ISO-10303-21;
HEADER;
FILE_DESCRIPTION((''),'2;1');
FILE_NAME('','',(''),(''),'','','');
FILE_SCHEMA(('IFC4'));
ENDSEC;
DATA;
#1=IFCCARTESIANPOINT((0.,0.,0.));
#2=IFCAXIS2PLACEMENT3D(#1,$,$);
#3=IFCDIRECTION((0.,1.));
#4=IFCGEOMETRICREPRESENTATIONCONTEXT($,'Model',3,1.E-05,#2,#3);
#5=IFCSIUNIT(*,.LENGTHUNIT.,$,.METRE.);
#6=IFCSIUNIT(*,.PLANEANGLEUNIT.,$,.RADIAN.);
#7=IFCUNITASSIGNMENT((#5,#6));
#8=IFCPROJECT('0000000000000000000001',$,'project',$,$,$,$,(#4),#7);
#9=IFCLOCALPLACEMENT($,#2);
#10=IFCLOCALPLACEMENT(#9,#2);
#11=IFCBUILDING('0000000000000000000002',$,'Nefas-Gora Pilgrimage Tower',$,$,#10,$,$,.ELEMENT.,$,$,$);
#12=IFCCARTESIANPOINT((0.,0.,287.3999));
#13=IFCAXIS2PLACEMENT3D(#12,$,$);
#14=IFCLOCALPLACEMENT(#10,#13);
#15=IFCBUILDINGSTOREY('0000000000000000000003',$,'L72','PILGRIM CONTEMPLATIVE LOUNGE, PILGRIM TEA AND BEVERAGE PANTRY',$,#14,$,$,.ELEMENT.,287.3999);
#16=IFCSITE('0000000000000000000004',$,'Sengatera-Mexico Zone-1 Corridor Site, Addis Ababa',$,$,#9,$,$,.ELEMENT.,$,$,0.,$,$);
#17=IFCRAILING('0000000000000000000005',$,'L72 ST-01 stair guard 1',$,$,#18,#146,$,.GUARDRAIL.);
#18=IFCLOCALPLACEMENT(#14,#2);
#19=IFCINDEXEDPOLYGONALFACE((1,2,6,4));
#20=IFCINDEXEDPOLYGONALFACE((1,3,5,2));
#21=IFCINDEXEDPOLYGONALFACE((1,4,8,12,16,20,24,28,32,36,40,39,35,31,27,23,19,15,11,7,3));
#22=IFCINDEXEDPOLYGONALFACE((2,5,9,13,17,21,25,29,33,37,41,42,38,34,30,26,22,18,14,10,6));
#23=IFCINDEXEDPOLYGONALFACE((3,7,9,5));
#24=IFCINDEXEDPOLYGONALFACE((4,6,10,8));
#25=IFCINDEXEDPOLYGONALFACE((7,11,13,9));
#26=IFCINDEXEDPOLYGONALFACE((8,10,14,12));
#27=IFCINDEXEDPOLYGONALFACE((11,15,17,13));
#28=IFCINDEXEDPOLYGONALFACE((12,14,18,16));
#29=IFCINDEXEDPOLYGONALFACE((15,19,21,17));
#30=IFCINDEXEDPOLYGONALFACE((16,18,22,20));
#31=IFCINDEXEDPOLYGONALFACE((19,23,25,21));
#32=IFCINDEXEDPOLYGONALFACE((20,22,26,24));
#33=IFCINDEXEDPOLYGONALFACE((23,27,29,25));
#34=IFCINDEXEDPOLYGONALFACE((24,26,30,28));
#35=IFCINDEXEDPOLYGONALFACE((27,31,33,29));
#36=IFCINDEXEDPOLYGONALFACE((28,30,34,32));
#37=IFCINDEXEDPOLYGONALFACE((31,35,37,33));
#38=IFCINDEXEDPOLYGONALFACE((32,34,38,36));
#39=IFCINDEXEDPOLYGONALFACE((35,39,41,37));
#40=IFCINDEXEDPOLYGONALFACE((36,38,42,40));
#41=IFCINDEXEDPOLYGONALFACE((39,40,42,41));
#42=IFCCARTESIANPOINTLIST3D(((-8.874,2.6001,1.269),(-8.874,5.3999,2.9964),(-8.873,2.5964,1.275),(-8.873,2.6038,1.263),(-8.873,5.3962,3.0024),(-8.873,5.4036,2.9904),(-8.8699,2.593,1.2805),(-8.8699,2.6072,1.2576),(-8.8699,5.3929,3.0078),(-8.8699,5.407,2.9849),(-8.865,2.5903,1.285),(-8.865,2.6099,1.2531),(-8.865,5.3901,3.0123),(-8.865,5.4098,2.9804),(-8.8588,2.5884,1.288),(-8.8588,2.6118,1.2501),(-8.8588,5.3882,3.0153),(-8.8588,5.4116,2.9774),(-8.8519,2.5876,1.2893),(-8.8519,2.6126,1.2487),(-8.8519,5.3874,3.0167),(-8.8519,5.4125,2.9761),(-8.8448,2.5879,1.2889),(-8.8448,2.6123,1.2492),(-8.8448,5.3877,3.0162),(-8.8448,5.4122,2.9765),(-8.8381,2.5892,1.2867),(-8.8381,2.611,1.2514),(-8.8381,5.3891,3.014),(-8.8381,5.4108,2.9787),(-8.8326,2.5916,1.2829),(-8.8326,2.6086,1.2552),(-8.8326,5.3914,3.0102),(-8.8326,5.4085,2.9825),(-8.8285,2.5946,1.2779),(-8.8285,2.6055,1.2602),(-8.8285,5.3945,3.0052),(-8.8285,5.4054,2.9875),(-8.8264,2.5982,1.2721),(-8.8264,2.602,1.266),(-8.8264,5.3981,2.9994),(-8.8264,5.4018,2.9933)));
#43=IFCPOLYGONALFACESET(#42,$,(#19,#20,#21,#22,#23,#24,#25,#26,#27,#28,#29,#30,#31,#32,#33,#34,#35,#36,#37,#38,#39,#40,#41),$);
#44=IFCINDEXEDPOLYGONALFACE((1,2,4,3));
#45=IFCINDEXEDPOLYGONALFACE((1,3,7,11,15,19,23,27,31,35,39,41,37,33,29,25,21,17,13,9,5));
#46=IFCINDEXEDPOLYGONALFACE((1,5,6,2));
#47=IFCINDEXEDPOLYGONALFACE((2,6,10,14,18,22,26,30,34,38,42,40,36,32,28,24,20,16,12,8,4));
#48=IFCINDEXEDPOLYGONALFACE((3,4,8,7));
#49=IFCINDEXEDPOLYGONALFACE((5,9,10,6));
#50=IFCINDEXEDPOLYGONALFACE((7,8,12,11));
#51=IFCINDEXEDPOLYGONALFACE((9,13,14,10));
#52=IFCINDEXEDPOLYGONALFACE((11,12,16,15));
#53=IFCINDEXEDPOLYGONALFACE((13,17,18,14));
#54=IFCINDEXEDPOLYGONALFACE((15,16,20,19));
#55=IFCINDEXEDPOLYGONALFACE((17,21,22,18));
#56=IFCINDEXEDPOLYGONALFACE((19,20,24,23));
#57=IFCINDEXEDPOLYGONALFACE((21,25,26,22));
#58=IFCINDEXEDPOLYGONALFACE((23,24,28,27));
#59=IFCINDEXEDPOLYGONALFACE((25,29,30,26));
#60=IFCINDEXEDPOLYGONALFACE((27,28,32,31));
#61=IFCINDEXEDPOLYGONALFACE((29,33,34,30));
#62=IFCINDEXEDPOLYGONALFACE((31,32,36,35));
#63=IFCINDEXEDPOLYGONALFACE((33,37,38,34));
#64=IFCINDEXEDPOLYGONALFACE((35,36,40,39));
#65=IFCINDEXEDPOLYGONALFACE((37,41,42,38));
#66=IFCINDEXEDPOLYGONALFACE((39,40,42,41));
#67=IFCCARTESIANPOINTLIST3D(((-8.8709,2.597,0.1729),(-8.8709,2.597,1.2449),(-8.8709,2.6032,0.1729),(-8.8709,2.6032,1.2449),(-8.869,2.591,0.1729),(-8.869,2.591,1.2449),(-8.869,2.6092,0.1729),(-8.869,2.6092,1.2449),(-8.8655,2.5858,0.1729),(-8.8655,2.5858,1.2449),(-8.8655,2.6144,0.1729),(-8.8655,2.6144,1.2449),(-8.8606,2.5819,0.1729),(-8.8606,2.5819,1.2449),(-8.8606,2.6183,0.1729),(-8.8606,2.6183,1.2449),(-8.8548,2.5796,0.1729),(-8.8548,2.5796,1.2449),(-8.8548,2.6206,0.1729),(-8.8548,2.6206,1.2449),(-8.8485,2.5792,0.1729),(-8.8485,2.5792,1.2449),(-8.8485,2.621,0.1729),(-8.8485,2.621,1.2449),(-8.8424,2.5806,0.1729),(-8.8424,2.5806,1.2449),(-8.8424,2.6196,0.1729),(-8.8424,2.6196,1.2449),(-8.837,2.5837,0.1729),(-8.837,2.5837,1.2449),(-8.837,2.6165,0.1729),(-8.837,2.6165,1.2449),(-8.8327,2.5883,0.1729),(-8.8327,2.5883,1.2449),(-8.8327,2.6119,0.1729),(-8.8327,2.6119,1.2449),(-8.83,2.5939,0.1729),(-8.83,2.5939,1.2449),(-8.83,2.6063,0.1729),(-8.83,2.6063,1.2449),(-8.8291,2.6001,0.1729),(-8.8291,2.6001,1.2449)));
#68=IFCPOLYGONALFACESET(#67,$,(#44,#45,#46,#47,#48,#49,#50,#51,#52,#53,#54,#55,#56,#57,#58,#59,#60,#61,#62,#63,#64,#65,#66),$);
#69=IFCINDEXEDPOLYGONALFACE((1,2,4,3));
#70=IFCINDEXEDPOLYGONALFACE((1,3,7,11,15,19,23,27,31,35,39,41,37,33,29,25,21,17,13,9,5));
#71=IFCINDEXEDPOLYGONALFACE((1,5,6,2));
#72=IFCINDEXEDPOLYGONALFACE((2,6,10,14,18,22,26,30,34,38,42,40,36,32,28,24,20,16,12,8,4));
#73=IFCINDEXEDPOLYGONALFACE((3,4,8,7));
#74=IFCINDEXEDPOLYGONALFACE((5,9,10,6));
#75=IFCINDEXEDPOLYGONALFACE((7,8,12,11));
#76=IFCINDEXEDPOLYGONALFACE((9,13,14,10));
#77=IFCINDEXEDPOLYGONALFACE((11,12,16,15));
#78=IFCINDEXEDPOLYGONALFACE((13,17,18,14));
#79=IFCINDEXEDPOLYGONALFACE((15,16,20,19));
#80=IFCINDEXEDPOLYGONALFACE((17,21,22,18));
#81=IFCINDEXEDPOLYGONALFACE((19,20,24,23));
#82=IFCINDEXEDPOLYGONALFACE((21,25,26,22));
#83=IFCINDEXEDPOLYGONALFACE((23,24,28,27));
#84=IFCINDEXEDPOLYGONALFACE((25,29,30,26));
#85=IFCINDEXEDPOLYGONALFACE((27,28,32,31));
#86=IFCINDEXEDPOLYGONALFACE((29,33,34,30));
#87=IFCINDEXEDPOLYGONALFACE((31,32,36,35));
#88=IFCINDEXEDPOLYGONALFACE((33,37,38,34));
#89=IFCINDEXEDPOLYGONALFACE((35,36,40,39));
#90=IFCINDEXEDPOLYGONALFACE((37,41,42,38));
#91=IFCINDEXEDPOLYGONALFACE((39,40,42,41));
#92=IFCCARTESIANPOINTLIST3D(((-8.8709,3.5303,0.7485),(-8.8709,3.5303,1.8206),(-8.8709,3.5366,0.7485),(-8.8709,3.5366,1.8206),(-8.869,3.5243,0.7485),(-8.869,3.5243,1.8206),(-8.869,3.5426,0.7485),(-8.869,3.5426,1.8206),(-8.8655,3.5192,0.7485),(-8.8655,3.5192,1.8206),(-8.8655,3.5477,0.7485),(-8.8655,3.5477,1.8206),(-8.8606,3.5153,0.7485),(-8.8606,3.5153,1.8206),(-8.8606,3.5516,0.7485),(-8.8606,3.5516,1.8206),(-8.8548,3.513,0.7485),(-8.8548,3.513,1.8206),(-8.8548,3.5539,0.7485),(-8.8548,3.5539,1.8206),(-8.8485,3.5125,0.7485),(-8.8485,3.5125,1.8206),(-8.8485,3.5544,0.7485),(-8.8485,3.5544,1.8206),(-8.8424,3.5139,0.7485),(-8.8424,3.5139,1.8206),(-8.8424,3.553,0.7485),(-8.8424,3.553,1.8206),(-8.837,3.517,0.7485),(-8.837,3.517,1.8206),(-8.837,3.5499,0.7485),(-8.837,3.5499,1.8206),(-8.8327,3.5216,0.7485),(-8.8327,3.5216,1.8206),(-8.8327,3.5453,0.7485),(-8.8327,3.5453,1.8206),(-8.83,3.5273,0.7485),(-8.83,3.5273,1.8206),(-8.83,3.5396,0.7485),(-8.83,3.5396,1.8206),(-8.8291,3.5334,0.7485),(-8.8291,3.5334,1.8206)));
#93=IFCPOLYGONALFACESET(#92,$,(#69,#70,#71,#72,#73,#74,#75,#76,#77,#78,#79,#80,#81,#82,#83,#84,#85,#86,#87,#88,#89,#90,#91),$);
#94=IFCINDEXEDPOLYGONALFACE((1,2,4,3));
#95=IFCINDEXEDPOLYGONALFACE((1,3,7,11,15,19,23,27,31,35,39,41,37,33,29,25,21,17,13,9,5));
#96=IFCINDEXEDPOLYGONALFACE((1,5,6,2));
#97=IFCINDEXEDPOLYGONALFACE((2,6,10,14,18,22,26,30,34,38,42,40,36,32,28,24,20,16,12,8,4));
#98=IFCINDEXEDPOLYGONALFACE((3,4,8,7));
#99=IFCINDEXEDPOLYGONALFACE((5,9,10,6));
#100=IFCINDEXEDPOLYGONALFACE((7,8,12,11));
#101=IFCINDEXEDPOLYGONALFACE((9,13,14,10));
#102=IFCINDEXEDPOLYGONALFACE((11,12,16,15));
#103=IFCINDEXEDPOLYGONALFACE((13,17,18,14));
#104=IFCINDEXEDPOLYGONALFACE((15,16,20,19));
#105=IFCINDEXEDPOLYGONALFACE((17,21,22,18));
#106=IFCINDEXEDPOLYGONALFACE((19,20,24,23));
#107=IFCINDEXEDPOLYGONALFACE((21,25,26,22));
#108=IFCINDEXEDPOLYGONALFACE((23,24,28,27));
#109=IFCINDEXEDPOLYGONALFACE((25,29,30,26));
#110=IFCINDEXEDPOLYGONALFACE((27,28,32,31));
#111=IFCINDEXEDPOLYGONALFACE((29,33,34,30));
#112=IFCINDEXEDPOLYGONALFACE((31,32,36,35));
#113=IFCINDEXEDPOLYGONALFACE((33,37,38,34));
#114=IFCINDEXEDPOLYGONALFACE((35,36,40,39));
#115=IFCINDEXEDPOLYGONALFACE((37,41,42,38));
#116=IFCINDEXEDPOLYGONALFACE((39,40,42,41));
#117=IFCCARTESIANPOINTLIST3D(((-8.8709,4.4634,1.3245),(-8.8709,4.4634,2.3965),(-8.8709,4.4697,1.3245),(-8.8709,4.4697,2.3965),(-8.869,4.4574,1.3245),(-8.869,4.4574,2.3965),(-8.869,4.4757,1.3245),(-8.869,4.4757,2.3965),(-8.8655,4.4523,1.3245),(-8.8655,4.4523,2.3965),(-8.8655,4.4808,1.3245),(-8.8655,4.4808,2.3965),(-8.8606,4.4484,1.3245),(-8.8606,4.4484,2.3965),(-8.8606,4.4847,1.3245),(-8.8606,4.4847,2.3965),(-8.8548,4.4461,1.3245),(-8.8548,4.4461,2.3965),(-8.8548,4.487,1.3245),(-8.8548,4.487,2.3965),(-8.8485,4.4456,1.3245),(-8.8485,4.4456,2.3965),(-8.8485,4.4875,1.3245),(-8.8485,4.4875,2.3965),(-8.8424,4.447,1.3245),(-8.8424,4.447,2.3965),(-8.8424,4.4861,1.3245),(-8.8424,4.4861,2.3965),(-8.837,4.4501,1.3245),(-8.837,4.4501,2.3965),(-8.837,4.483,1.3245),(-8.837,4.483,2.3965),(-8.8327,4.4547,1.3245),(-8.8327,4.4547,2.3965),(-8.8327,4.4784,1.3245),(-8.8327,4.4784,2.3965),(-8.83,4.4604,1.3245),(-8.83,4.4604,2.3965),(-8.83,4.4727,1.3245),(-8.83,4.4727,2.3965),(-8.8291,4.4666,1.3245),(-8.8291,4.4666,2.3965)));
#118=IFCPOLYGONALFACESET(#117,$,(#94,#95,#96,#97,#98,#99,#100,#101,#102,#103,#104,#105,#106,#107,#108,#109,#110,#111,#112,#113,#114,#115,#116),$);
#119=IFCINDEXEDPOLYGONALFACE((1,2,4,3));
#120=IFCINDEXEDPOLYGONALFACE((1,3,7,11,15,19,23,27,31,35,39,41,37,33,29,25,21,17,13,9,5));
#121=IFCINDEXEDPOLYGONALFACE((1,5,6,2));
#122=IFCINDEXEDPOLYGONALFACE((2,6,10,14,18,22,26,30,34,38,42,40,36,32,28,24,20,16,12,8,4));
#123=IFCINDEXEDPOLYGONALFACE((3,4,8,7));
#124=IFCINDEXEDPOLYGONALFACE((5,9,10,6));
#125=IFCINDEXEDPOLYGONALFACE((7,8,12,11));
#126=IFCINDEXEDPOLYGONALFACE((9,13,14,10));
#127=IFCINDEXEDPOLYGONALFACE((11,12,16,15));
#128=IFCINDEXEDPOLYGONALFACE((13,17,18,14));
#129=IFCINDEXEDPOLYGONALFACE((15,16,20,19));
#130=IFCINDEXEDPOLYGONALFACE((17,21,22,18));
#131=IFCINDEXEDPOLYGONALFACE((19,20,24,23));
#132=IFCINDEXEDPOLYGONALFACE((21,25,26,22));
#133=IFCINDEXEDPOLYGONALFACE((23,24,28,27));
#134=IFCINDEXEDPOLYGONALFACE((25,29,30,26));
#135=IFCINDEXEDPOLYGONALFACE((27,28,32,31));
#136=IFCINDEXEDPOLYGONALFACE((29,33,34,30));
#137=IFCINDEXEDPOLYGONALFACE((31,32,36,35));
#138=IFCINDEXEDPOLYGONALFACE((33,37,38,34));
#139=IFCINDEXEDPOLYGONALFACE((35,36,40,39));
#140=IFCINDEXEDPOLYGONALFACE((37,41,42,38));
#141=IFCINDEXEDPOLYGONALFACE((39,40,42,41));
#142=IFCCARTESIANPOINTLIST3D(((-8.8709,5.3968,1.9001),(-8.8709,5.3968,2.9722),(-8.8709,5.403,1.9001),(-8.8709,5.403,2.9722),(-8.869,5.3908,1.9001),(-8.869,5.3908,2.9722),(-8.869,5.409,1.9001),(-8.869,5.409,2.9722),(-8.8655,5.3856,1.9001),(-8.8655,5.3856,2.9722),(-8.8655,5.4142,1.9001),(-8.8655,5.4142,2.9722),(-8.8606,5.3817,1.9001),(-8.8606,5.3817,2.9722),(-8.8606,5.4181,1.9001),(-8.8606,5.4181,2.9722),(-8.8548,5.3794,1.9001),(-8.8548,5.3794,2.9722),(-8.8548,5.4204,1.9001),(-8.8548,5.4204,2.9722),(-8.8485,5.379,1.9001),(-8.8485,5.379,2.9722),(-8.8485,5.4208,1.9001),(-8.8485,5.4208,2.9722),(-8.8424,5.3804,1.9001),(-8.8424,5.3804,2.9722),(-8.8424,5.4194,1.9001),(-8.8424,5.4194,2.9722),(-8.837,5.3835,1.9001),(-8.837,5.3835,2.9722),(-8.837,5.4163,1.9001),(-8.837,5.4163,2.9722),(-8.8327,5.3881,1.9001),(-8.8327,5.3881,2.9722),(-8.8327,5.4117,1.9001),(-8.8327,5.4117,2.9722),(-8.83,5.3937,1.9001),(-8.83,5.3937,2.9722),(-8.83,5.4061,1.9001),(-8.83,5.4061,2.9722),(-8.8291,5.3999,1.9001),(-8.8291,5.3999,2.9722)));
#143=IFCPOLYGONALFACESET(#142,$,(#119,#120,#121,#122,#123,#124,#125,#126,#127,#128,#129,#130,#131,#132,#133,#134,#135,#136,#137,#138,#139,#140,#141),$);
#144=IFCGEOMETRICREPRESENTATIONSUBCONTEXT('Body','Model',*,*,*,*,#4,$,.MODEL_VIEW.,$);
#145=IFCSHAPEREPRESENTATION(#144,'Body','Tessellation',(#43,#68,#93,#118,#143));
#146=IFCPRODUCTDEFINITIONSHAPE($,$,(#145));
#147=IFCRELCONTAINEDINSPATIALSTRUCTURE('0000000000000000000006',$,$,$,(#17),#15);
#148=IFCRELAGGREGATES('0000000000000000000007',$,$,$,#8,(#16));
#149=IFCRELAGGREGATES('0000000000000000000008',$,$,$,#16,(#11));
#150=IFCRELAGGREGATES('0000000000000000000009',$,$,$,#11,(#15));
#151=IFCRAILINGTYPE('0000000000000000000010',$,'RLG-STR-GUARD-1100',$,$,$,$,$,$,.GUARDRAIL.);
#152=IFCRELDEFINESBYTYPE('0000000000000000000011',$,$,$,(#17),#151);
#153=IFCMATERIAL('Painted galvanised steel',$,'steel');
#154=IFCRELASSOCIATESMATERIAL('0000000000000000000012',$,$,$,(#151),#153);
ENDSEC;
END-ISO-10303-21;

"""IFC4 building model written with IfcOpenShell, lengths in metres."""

from ifc_helpers import new_model, si_unit, direction, frame, origin, origin_2d, place, context, subcontext, project, spatial, circle, extrude, material, type_object, element, save


model = new_model("IFC4")

# Units and contexts
model_context = context("Model", 3, precision=1e-05, world=origin(), true_north=direction((0.0, 1.0)))
body_context = subcontext(model_context, "Body", "Model", "MODEL_VIEW")
ifc_project = project(units=[si_unit("LENGTHUNIT", "METRE"), si_unit("PLANEANGLEUNIT", "RADIAN")], contexts=[model_context])

# Site, building, storey
site_placement = place(None, origin())
site = spatial("IfcSite", under=ifc_project, at=site_placement, Name="Sengatera-Mexico Zone-1 Corridor Site, Addis Ababa", CompositionType="ELEMENT", RefElevation=0.0)
building_placement = place(site_placement, origin())
building = spatial("IfcBuilding", under=site, at=building_placement, Name="Nefas-Gora Pilgrimage Tower", CompositionType="ELEMENT")
storey_placement = place(building_placement, frame((0.0, 0.0, 287.3999)))
storey = spatial("IfcBuildingStorey", under=building, at=storey_placement, Name="L72", Description="PILGRIM CONTEMPLATIVE LOUNGE, PILGRIM TEA AND BEVERAGE PANTRY", CompositionType="ELEMENT", Elevation=287.3999)

# Railing
ifc_material_1 = material(Name="Painted galvanised steel", Category="steel")
railing_type_1 = type_object("IfcRailingType", Name="RLG-STR-GUARD-1100", PredefinedType="GUARDRAIL", material=ifc_material_1)
railing_1_placement = place(storey_placement, frame((-8.8501, 2.6001, 0.1729)))
element("IfcRailing", 1, at=railing_1_placement, inside=storey, type_object=railing_type_1, Name="L72 ST-01 stair guard 1", PredefinedType="GUARDRAIL", context=body_context, shape_type="SweptSolid", body=[
    extrude(circle(Radius=0.0239, at=origin_2d()), frame((0.0, 0.0, 1.0962), z_axis=(0.0, 0.851069, 0.525054), x_axis=(-1.0, 0.0, 0.0)), (0.0, 0.0, 1.0), 3.2898),
    extrude(circle(Radius=0.021, at=origin_2d()), origin(), (0.0, 0.0, 1.0), 1.072),
    extrude(circle(Radius=0.021, at=origin_2d()), frame((0.0, 0.9333, 0.5757)), (0.0, 0.0, 1.0), 1.072),
    extrude(circle(Radius=0.021, at=origin_2d()), frame((0.0, 1.8665, 1.1516)), (0.0, 0.0, 1.0), 1.072),
    extrude(circle(Radius=0.021, at=origin_2d()), frame((0.0, 2.7998, 1.7273)), (0.0, 0.0, 1.0), 1.072),
])

save(model, "model.ifc")
